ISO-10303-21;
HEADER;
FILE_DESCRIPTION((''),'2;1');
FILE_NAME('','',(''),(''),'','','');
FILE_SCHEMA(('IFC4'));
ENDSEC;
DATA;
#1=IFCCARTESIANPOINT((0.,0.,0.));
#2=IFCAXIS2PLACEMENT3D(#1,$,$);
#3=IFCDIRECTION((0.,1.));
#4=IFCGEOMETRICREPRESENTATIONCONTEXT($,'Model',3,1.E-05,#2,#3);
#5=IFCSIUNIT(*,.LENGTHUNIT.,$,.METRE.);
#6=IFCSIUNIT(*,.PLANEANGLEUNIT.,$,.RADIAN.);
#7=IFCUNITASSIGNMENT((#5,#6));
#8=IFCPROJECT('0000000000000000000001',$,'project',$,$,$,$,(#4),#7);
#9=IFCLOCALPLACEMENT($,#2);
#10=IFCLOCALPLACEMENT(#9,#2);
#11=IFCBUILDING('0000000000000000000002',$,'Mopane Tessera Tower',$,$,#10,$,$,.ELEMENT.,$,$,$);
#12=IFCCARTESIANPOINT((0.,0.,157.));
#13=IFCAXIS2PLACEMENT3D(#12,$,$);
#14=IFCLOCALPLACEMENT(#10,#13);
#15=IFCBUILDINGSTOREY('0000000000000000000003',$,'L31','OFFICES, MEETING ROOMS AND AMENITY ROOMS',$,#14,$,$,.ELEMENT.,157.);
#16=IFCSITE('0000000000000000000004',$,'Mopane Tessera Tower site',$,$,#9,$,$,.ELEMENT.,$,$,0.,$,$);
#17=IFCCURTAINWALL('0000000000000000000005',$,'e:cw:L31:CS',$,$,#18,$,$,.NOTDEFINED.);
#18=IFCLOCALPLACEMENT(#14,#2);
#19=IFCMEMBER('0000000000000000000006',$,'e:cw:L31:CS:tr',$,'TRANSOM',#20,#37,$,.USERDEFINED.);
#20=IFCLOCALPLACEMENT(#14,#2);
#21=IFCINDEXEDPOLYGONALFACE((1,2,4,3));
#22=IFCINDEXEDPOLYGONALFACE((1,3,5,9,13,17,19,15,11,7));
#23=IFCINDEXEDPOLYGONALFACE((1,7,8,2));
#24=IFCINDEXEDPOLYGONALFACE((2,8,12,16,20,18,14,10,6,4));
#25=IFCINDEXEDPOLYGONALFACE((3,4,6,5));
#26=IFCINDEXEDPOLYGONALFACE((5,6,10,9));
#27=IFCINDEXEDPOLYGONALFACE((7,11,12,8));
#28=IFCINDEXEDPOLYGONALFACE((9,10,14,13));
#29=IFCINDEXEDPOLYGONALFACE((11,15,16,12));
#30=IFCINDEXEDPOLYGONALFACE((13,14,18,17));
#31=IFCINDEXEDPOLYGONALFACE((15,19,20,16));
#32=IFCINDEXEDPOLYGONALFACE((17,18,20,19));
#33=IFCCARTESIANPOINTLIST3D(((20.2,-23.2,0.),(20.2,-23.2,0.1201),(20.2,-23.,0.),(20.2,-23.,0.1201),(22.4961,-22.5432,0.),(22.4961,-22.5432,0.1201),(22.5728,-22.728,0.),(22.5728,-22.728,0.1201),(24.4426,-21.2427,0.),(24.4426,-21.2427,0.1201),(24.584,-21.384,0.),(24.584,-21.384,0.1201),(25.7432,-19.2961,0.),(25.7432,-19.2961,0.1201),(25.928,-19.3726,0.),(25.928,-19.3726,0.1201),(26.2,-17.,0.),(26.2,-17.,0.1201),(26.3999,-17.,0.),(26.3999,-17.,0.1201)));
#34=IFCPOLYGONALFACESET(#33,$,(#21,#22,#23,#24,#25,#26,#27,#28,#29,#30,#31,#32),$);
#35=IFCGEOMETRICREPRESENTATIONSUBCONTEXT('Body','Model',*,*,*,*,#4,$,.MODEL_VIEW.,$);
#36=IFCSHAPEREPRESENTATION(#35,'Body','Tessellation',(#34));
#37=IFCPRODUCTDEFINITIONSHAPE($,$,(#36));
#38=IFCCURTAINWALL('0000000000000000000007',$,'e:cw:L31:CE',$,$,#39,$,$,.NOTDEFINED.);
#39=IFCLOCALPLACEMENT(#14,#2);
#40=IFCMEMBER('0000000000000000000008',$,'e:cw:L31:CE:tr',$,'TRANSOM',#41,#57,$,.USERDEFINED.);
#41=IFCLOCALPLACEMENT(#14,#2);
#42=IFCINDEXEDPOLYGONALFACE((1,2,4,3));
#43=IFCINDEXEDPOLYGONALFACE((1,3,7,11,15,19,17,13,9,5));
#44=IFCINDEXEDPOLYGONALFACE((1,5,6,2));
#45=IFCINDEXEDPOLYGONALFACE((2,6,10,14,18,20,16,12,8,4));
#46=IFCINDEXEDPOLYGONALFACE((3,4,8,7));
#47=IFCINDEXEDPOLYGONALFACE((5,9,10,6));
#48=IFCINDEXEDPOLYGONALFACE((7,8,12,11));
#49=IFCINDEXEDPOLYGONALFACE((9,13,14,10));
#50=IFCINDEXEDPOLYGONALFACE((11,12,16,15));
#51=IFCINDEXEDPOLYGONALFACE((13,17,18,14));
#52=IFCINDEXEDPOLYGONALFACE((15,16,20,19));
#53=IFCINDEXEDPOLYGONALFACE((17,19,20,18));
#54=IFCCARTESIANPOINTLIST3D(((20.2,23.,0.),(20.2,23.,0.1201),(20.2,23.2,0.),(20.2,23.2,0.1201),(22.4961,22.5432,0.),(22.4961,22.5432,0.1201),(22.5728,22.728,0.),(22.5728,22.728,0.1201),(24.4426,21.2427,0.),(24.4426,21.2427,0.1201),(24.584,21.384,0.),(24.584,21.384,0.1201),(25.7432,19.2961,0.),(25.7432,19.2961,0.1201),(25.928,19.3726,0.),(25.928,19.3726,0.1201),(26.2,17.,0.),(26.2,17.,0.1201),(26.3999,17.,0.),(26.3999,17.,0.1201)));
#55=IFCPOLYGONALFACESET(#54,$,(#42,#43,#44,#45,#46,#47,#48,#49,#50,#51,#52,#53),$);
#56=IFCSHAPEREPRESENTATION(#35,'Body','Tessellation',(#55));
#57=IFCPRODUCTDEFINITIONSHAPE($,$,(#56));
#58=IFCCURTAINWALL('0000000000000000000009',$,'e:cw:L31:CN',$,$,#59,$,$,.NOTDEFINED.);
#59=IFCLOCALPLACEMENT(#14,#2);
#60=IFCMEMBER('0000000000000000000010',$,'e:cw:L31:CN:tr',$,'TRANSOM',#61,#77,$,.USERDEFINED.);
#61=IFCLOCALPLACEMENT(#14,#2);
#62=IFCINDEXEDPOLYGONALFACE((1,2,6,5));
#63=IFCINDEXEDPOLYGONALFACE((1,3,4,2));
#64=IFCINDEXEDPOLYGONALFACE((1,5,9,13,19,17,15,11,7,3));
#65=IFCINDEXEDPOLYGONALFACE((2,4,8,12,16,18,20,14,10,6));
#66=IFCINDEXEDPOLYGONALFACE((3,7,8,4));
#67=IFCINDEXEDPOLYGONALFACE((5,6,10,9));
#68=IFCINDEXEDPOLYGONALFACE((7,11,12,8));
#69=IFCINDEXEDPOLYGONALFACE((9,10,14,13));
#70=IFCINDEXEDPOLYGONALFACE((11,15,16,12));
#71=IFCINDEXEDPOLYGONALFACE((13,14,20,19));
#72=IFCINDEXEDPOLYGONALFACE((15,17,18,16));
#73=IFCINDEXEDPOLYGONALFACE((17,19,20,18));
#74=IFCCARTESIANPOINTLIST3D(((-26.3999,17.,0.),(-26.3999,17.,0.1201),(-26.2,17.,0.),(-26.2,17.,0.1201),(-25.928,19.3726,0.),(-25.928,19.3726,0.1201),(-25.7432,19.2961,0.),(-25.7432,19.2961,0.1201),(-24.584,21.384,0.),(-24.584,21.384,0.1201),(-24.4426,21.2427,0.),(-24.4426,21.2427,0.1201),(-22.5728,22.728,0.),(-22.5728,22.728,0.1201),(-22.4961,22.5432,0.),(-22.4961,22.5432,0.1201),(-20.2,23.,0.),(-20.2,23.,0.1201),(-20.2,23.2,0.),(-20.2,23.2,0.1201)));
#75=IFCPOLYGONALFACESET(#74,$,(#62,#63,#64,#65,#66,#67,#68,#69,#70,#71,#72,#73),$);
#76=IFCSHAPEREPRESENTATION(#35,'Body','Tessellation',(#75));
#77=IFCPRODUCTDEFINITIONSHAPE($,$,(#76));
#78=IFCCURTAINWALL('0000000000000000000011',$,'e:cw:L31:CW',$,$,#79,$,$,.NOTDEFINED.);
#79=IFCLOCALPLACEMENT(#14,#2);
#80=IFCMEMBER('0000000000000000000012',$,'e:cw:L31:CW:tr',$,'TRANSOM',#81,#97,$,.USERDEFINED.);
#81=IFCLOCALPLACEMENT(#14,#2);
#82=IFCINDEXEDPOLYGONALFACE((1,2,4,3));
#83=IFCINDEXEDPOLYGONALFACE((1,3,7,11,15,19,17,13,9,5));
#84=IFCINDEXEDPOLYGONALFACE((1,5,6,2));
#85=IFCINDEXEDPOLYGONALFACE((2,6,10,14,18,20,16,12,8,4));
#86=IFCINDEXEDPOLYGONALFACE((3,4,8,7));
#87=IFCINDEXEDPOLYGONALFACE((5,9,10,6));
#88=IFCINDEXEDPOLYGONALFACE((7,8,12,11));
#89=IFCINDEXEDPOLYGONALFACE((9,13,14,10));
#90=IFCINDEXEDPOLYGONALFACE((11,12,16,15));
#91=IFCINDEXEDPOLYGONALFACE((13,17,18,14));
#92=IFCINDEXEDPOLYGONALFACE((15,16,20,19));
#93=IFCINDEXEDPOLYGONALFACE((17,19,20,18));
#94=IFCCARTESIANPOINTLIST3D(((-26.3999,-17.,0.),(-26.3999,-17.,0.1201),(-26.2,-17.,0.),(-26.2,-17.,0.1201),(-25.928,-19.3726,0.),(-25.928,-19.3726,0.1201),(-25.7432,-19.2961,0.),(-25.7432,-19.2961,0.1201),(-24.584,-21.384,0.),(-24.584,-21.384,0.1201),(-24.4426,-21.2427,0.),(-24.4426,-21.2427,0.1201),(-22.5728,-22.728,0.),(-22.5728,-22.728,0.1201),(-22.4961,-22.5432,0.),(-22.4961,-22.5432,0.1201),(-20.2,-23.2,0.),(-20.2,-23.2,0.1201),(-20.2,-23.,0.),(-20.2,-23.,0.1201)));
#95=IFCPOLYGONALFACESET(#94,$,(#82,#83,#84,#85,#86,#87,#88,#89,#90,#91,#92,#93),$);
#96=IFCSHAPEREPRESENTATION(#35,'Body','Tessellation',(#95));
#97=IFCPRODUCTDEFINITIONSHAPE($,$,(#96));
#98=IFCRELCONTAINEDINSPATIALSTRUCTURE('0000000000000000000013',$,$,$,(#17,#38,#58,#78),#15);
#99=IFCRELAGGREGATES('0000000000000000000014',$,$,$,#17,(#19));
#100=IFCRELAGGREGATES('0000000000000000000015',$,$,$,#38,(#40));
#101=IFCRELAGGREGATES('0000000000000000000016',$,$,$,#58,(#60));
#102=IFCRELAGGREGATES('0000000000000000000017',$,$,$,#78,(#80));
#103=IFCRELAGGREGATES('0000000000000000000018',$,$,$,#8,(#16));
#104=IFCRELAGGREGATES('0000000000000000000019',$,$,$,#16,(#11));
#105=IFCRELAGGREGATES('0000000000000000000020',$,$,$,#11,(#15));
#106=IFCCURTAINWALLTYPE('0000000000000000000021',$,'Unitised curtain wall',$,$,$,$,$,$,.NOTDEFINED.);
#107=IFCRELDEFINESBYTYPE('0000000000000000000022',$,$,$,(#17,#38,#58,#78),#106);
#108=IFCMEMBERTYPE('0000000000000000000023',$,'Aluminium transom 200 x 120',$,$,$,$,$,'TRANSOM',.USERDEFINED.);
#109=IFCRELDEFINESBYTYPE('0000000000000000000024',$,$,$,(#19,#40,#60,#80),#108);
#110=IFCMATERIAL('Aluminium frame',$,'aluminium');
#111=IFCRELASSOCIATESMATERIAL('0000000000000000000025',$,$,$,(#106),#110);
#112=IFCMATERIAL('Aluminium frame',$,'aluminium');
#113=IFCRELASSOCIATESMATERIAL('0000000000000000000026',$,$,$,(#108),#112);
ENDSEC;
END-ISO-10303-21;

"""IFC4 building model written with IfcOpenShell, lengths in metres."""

from ifc_helpers import new_model, si_unit, direction, frame, origin, origin_2d, place, context, subcontext, project, spatial, polyline, rectangle, outline, extrude, material, material_profile, profile_set, type_object, element, aggregate, save


model = new_model("IFC4")

# Units and contexts
model_context = context("Model", 3, precision=1e-05, world=origin(), true_north=direction((0.0, 1.0)))
body_context = subcontext(model_context, "Body", "Model", "MODEL_VIEW")
ifc_project = project(units=[si_unit("LENGTHUNIT", "METRE"), si_unit("PLANEANGLEUNIT", "RADIAN")], contexts=[model_context])

# Site, building, storey
site_placement = place(None, origin())
site = spatial("IfcSite", under=ifc_project, at=site_placement, Name="Mopane Tessera Tower site", CompositionType="ELEMENT", RefElevation=0.0)
building_placement = place(site_placement, origin())
building = spatial("IfcBuilding", under=site, at=building_placement, Name="Mopane Tessera Tower", CompositionType="ELEMENT")
storey_placement = place(building_placement, frame((0.0, 0.0, 157.0)))
storey = spatial("IfcBuildingStorey", under=building, at=storey_placement, Name="L31", Description="OFFICES, MEETING ROOMS AND AMENITY ROOMS", CompositionType="ELEMENT", Elevation=157.0)

# Curtain walls, members
ifc_material_1 = material(Name="Aluminium frame", Category="aluminium")
curtain_wall_type = type_object("IfcCurtainWallType", Name="Unitised curtain wall", PredefinedType="NOTDEFINED", material=ifc_material_1)
curtain_wall_1_placement = place(storey_placement, origin())
curtain_wall_1 = element("IfcCurtainWall", 1, at=curtain_wall_1_placement, inside=storey, type_object=curtain_wall_type, Name="e:cw:L31:CS", PredefinedType="NOTDEFINED")
ifc_material_2 = material(Name="Aluminium frame", Category="aluminium")
ifc_material_profile = material_profile(ifc_material_2, rectangle(XDim=0.2, YDim=0.1201, at=origin_2d()))
ifc_profile_set = profile_set([ifc_material_profile], Name="Aluminium frame")
member_type = type_object("IfcMemberType", Name="Aluminium transom 200 x 120", ElementType="TRANSOM", PredefinedType="USERDEFINED", material=ifc_profile_set)
member_1_placement = place(storey_placement, origin())
member_1 = element("IfcMember", 2, at=member_1_placement, type_object=member_type, Name="e:cw:L31:CS:tr", ObjectType="TRANSOM", PredefinedType="USERDEFINED", context=body_context, shape_type="SweptSolid", body=[
    extrude(outline(polyline([(20.2, -23.0), (22.4961, -22.5432), (24.4426, -21.2427), (25.7432, -19.2961), (26.2, -17.0), (26.3999, -17.0), (25.928, -19.3726), (24.584, -21.384), (22.5728, -22.728), (20.2, -23.2), (20.2, -23.0)])), origin(), (0.0, 0.0, 1.0), 0.1201),
])
curtain_wall_2_placement = place(storey_placement, origin())
curtain_wall_2 = element("IfcCurtainWall", 3, at=curtain_wall_2_placement, inside=storey, type_object=curtain_wall_type, Name="e:cw:L31:CE", PredefinedType="NOTDEFINED")
member_2_placement = place(storey_placement, origin())
member_2 = element("IfcMember", 4, at=member_2_placement, type_object=member_type, Name="e:cw:L31:CE:tr", ObjectType="TRANSOM", PredefinedType="USERDEFINED", context=body_context, shape_type="SweptSolid", body=[
    extrude(outline(polyline([(26.2, 17.0), (25.7432, 19.2961), (24.4426, 21.2427), (22.4961, 22.5432), (20.2, 23.0), (20.2, 23.2), (22.5728, 22.728), (24.584, 21.384), (25.928, 19.3726), (26.3999, 17.0), (26.2, 17.0)])), origin(), (0.0, 0.0, 1.0), 0.1201),
])
curtain_wall_3_placement = place(storey_placement, origin())
curtain_wall_3 = element("IfcCurtainWall", 5, at=curtain_wall_3_placement, inside=storey, type_object=curtain_wall_type, Name="e:cw:L31:CN", PredefinedType="NOTDEFINED")
member_3_placement = place(storey_placement, origin())
member_3 = element("IfcMember", 6, at=member_3_placement, type_object=member_type, Name="e:cw:L31:CN:tr", ObjectType="TRANSOM", PredefinedType="USERDEFINED", context=body_context, shape_type="SweptSolid", body=[
    extrude(outline(polyline([(-20.2, 23.0), (-22.4961, 22.5432), (-24.4426, 21.2427), (-25.7432, 19.2961), (-26.2, 17.0), (-26.3999, 17.0), (-25.928, 19.3726), (-24.584, 21.384), (-22.5728, 22.728), (-20.2, 23.2), (-20.2, 23.0)])), origin(), (0.0, 0.0, 1.0), 0.1201),
])
curtain_wall_4_placement = place(storey_placement, origin())
curtain_wall_4 = element("IfcCurtainWall", 7, at=curtain_wall_4_placement, inside=storey, type_object=curtain_wall_type, Name="e:cw:L31:CW", PredefinedType="NOTDEFINED")
member_4_placement = place(storey_placement, origin())
member_4 = element("IfcMember", 8, at=member_4_placement, type_object=member_type, Name="e:cw:L31:CW:tr", ObjectType="TRANSOM", PredefinedType="USERDEFINED", context=body_context, shape_type="SweptSolid", body=[
    extrude(outline(polyline([(-26.2, -17.0), (-25.7432, -19.2961), (-24.4426, -21.2427), (-22.4961, -22.5432), (-20.2, -23.0), (-20.2, -23.2), (-22.5728, -22.728), (-24.584, -21.384), (-25.928, -19.3726), (-26.3999, -17.0), (-26.2, -17.0)])), origin(), (0.0, 0.0, 1.0), 0.1201),
])

aggregate(curtain_wall_1, [member_1])
aggregate(curtain_wall_2, [member_2])
aggregate(curtain_wall_3, [member_3])
aggregate(curtain_wall_4, [member_4])

save(model, "model.ifc")
